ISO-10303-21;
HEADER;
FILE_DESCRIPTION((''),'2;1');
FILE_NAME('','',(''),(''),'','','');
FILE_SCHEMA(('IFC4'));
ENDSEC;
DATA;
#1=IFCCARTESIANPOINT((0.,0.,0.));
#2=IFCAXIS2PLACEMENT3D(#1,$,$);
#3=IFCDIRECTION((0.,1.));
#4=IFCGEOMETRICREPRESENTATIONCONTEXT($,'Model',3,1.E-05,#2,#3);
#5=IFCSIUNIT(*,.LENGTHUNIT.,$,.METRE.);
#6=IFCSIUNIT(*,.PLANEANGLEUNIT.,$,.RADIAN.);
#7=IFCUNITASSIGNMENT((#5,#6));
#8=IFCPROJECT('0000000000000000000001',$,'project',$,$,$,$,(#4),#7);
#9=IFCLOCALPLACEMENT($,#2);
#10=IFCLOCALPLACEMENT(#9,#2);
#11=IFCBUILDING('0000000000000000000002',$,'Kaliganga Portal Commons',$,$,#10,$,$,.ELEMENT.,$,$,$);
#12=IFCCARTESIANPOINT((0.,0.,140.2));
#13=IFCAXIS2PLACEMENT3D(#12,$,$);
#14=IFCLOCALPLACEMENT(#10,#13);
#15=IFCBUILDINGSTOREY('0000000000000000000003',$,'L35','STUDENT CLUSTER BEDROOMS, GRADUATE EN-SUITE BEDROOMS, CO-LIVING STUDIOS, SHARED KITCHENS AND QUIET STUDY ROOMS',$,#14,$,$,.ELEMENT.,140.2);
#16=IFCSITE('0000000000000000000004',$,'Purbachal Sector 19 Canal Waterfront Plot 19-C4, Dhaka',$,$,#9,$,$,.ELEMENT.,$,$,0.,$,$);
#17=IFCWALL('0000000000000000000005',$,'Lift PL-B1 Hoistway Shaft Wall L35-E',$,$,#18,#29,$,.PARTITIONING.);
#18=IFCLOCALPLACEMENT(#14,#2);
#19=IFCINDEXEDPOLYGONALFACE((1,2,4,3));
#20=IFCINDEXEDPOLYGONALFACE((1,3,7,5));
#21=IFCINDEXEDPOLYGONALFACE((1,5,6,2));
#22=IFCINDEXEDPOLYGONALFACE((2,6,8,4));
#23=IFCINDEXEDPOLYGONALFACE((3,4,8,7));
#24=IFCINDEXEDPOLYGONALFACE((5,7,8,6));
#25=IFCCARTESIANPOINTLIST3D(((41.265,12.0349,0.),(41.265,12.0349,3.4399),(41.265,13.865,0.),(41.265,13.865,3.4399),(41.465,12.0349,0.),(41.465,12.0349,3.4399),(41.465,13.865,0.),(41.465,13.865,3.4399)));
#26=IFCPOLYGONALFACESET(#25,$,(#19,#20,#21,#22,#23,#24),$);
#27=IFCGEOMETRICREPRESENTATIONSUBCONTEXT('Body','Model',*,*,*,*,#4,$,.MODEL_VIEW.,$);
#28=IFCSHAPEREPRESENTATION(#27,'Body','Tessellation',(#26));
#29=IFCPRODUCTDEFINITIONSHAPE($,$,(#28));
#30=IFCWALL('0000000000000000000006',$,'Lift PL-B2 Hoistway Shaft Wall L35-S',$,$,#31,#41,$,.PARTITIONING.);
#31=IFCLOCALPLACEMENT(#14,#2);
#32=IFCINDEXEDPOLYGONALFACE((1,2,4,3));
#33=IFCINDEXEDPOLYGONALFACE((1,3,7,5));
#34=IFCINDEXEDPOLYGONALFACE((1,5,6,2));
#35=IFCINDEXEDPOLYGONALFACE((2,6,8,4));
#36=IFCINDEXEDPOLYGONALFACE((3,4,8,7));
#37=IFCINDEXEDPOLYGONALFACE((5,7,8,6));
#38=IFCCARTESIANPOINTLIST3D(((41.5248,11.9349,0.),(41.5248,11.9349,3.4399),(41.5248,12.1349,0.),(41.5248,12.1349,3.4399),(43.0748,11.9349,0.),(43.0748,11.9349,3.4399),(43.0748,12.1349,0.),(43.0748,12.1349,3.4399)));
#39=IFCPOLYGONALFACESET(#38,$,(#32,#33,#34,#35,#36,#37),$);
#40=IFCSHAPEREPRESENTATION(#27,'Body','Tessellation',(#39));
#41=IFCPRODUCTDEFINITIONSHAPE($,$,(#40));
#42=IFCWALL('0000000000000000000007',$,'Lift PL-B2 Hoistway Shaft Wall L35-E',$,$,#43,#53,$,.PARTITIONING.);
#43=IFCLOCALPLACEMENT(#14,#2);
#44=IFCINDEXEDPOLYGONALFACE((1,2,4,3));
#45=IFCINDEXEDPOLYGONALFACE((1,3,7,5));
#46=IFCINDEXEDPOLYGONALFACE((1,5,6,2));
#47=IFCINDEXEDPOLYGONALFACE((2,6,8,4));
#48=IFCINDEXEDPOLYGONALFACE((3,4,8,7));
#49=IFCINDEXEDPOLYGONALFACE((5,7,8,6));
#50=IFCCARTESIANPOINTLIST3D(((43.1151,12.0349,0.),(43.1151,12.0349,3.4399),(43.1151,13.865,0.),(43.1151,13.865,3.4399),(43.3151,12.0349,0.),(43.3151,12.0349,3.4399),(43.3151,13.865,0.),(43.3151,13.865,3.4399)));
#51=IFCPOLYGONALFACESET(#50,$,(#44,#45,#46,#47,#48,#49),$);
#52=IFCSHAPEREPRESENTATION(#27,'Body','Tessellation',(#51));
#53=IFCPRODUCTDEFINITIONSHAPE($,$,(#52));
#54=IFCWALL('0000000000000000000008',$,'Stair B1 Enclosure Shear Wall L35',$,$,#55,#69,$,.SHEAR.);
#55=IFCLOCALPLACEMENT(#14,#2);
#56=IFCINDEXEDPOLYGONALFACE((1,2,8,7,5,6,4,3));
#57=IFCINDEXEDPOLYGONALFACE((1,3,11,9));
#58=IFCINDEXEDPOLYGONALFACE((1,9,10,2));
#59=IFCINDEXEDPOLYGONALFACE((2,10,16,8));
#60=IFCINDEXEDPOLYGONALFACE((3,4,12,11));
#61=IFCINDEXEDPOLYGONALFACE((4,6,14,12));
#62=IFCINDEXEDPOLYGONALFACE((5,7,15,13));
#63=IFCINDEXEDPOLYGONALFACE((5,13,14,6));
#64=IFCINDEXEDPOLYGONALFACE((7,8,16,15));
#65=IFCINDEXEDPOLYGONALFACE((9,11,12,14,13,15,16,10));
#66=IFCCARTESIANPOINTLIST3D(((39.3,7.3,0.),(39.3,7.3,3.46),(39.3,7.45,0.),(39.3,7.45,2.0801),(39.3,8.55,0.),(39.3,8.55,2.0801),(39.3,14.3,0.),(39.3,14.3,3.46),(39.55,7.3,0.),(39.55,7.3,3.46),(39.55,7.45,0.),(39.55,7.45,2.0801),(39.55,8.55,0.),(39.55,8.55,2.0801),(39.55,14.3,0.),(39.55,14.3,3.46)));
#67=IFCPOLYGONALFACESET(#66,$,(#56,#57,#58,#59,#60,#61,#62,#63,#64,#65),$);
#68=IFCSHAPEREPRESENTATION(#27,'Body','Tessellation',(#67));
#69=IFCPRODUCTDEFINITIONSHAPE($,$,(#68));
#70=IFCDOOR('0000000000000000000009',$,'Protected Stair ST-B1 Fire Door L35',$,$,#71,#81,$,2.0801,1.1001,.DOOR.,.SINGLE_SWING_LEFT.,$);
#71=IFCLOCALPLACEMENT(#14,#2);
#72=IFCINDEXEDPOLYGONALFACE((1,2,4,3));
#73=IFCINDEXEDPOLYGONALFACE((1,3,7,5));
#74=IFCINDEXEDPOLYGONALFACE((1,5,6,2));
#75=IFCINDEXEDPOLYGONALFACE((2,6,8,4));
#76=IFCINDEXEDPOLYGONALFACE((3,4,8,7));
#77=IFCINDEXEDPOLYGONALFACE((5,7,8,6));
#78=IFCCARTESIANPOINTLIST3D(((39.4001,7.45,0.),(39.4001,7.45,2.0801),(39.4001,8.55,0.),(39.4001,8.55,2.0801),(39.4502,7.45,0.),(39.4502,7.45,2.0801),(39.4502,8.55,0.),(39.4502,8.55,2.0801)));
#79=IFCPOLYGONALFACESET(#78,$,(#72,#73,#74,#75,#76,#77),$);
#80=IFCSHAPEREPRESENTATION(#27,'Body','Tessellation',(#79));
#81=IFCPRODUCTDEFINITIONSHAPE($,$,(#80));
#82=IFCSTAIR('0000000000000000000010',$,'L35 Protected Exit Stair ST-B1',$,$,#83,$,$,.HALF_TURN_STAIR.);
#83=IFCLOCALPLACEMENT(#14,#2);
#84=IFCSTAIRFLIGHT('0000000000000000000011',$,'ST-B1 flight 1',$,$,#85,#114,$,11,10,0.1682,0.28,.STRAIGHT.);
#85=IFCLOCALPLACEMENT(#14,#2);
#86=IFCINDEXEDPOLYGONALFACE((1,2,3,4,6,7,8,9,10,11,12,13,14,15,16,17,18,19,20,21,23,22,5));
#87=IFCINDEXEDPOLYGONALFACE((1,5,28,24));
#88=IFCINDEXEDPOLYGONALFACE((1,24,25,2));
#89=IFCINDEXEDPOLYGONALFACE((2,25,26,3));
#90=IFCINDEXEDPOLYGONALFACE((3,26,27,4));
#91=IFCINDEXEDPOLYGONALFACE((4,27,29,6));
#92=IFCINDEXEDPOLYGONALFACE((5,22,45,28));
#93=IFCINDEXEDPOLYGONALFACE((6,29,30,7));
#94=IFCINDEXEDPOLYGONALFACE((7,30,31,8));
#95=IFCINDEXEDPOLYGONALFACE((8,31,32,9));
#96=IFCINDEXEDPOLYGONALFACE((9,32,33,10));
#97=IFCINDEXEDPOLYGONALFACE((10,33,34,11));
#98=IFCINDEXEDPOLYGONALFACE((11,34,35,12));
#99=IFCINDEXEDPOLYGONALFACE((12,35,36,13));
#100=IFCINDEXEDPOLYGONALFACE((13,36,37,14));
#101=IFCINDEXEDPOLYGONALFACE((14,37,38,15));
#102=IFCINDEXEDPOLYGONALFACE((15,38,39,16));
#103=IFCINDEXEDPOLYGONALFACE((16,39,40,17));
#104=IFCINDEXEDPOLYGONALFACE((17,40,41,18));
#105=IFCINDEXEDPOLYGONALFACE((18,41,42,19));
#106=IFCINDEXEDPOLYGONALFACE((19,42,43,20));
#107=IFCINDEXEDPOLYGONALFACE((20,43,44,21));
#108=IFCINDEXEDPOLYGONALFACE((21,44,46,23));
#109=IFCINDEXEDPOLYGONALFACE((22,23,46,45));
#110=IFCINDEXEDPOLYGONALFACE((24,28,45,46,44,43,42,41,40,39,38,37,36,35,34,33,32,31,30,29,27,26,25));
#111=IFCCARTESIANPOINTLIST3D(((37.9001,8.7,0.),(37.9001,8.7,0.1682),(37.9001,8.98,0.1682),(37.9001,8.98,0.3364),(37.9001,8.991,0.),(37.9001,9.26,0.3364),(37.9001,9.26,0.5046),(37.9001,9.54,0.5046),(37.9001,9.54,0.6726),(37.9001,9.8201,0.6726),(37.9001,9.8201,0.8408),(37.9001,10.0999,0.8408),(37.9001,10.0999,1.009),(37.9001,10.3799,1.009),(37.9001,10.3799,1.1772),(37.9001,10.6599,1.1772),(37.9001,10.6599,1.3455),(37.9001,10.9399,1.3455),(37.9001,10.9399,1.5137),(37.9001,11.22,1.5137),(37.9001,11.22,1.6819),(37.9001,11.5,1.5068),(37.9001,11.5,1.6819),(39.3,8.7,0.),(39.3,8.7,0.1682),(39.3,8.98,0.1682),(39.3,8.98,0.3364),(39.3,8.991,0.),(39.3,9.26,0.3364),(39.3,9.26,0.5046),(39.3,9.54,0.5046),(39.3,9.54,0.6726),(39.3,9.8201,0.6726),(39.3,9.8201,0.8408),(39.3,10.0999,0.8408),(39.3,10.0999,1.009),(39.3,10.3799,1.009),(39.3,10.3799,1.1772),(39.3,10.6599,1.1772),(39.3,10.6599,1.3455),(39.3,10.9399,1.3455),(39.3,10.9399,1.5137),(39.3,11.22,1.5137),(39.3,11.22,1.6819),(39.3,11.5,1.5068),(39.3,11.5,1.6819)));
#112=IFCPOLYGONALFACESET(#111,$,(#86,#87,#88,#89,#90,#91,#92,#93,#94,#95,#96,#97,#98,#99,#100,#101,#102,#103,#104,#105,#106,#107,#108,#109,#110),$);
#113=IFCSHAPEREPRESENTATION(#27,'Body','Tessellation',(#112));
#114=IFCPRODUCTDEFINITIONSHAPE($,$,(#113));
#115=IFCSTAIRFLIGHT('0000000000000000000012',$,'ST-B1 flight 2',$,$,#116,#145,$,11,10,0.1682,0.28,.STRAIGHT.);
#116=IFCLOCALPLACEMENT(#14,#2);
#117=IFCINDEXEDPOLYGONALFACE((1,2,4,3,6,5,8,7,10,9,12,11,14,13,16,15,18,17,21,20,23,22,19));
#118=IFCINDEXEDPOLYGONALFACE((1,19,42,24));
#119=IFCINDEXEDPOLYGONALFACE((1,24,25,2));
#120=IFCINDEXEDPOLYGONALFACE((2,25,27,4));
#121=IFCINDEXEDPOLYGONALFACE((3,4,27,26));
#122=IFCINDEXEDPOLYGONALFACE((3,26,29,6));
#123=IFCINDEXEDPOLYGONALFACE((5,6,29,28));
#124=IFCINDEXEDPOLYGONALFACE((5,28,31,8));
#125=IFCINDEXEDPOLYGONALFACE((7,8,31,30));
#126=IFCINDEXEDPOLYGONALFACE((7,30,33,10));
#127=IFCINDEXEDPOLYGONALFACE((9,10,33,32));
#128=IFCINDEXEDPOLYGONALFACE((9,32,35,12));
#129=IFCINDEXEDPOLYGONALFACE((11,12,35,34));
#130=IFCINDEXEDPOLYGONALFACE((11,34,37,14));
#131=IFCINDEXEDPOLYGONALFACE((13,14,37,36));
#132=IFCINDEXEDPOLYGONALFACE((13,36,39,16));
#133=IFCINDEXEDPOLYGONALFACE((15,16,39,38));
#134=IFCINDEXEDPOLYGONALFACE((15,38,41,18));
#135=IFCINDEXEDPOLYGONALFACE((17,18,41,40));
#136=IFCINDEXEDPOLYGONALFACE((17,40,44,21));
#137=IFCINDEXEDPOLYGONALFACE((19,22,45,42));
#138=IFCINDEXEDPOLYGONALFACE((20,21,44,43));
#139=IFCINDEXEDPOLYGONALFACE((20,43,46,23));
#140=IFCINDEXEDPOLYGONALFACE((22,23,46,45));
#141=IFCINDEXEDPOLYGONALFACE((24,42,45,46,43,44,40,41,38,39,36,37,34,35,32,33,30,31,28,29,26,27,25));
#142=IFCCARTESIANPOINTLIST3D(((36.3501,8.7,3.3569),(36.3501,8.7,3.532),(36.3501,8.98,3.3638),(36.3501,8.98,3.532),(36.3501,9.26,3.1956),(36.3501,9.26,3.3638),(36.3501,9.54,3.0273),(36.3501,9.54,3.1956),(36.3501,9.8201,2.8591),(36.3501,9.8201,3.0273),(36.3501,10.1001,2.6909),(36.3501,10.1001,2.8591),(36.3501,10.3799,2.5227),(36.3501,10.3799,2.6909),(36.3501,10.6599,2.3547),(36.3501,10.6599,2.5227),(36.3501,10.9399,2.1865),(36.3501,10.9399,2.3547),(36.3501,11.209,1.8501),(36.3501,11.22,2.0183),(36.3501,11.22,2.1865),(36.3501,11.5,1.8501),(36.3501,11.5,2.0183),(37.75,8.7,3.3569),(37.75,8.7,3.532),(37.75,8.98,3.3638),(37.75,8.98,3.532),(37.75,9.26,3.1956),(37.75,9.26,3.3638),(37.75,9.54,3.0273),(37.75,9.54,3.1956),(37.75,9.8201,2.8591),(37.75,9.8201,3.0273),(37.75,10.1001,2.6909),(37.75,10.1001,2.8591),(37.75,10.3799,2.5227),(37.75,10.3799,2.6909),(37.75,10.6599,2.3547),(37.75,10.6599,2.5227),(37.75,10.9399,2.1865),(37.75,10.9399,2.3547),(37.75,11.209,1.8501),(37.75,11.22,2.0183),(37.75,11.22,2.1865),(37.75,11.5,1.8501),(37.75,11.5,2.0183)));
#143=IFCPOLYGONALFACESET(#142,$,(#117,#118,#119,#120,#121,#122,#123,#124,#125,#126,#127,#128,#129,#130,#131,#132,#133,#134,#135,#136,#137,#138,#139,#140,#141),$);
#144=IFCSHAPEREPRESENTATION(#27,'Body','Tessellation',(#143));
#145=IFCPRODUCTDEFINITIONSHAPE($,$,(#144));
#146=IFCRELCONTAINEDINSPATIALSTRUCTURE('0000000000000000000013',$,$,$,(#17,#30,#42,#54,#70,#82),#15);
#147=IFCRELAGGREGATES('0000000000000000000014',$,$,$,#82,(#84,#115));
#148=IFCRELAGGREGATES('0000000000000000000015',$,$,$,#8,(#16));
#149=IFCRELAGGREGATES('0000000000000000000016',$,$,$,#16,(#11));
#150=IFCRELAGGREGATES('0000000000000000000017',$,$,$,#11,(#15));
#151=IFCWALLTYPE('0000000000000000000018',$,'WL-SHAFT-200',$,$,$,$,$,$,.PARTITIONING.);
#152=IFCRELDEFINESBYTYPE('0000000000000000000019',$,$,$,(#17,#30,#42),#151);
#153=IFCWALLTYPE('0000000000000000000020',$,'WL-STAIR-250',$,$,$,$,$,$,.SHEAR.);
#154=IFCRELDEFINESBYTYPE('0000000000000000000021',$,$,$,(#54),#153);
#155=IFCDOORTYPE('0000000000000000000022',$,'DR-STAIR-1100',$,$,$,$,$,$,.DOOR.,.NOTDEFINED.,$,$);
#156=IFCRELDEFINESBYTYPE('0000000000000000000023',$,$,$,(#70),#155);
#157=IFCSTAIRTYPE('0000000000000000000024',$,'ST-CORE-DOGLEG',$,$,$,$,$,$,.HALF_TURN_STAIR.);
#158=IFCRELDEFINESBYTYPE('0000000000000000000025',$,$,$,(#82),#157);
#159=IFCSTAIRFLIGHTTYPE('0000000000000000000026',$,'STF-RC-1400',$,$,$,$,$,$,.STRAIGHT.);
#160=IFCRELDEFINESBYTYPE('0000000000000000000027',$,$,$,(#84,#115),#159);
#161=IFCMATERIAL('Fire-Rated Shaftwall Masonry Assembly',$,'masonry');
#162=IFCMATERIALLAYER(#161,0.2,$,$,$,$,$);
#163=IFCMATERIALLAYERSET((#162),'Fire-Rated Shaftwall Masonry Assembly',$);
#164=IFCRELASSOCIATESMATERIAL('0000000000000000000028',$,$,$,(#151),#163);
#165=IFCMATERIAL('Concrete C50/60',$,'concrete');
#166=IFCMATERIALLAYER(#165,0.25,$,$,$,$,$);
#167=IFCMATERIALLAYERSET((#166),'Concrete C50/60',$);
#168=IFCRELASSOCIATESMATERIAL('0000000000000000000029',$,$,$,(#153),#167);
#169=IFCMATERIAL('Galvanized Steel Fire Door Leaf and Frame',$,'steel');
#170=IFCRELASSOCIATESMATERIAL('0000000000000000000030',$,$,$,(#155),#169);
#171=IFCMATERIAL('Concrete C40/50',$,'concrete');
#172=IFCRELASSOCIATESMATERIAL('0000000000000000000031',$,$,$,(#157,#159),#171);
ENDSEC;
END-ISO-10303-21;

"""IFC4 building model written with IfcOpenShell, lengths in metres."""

from ifc_helpers import new_model, si_unit, direction, frame, frame_2d, origin, place, context, subcontext, project, spatial, polyline, rectangle, outline, extrude, material, layer, layer_set, type_object, element, fill, aggregate, save


model = new_model("IFC4")

# Units and contexts
model_context = context("Model", 3, precision=1e-05, world=origin(), true_north=direction((0.0, 1.0)))
body_context = subcontext(model_context, "Body", "Model", "MODEL_VIEW")
ifc_project = project(units=[si_unit("LENGTHUNIT", "METRE"), si_unit("PLANEANGLEUNIT", "RADIAN")], contexts=[model_context])

# Site, building, storey
site_placement = place(None, origin())
site = spatial("IfcSite", under=ifc_project, at=site_placement, Name="Purbachal Sector 19 Canal Waterfront Plot 19-C4, Dhaka", CompositionType="ELEMENT", RefElevation=0.0)
building_placement = place(site_placement, origin())
building = spatial("IfcBuilding", under=site, at=building_placement, Name="Kaliganga Portal Commons", CompositionType="ELEMENT")
storey_placement = place(building_placement, frame((0.0, 0.0, 140.2)))
storey = spatial("IfcBuildingStorey", under=building, at=storey_placement, Name="L35", Description="STUDENT CLUSTER BEDROOMS, GRADUATE EN-SUITE BEDROOMS, CO-LIVING STUDIOS, SHARED KITCHENS AND QUIET STUDY ROOMS", CompositionType="ELEMENT", Elevation=140.2)

# Shared definitions
ifc_material_1 = material(Name="Concrete C50/60", Category="concrete")

# Walls
ifc_material_2 = material(Name="Fire-Rated Shaftwall Masonry Assembly", Category="masonry")
ifc_layer_1 = layer(ifc_material_2, 0.2)
ifc_layer_set_1 = layer_set([ifc_layer_1], Name="Fire-Rated Shaftwall Masonry Assembly")
wall_type_1 = type_object("IfcWallType", Name="WL-SHAFT-200", PredefinedType="PARTITIONING", material=ifc_layer_set_1)
wall_1_placement = place(storey_placement, frame((41.365, 12.0349, 0.0), z_axis=(0.0, 0.0, 1.0), x_axis=(0.0, 1.0, 0.0)))
element("IfcWall", 1, at=wall_1_placement, inside=storey, type_object=wall_type_1, Name="Lift PL-B1 Hoistway Shaft Wall L35-E", PredefinedType="PARTITIONING", context=body_context, shape_type="SweptSolid", body=[
    extrude(rectangle(XDim=1.8301, YDim=0.2, at=frame_2d((0.915, 0.0))), origin(), (0.0, 0.0, 1.0), 3.4399),
])
wall_2_placement = place(storey_placement, frame((41.5249, 12.0349, 0.0), z_axis=(0.0, 0.0, 1.0), x_axis=(1.0, 0.0, 0.0)))
element("IfcWall", 2, at=wall_2_placement, inside=storey, type_object=wall_type_1, Name="Lift PL-B2 Hoistway Shaft Wall L35-S", PredefinedType="PARTITIONING", context=body_context, shape_type="SweptSolid", body=[
    extrude(rectangle(XDim=1.55, YDim=0.2, at=frame_2d((0.7749, 0.0))), origin(), (0.0, 0.0, 1.0), 3.4399),
])
wall_3_placement = place(storey_placement, frame((43.2151, 12.0349, 0.0), z_axis=(0.0, 0.0, 1.0), x_axis=(0.0, 1.0, 0.0)))
element("IfcWall", 3, at=wall_3_placement, inside=storey, type_object=wall_type_1, Name="Lift PL-B2 Hoistway Shaft Wall L35-E", PredefinedType="PARTITIONING", context=body_context, shape_type="SweptSolid", body=[
    extrude(rectangle(XDim=1.8301, YDim=0.2, at=frame_2d((0.915, 0.0))), origin(), (0.0, 0.0, 1.0), 3.4399),
])

# Wall, opening, door
ifc_layer_2 = layer(ifc_material_1, 0.25)
ifc_layer_set_2 = layer_set([ifc_layer_2], Name="Concrete C50/60")
wall_type_2 = type_object("IfcWallType", Name="WL-STAIR-250", PredefinedType="SHEAR", material=ifc_layer_set_2)
wall_4_placement = place(storey_placement, frame((39.425, 7.3, 0.0), z_axis=(0.0, 0.0, 1.0), x_axis=(0.0, 1.0, 0.0)))
wall_4 = element("IfcWall", 4, at=wall_4_placement, inside=storey, type_object=wall_type_2, Name="Stair B1 Enclosure Shear Wall L35", PredefinedType="SHEAR", context=body_context, shape_type="SweptSolid", body=[
    extrude(rectangle(XDim=7.0, YDim=0.25, at=frame_2d((3.5, 0.0))), origin(), (0.0, 0.0, 1.0), 3.46),
])
opening_1_placement = place(wall_4_placement, frame((0.1499, 0.0, 0.0)))
opening_1 = element("IfcOpeningElement", 5, at=opening_1_placement, cuts=wall_4, PredefinedType="OPENING", context=body_context, shape_type="SweptSolid", body=[
    extrude(rectangle(XDim=1.1001, YDim=2.0801, at=frame_2d((0.55, 1.04))), frame((0.0, 0.135, 0.0), z_axis=(0.0, -1.0, 0.0), x_axis=(1.0, 0.0, 0.0)), (0.0, 0.0, 1.0), 0.27),
])
ifc_material_3 = material(Name="Galvanized Steel Fire Door Leaf and Frame", Category="steel")
door_type_1 = type_object("IfcDoorType", Name="DR-STAIR-1100", OperationType="NOTDEFINED", PredefinedType="DOOR", material=ifc_material_3)
door_1_placement = place(opening_1_placement, origin())
door_1 = element("IfcDoor", 6, at=door_1_placement, inside=storey, type_object=door_type_1, Name="Protected Stair ST-B1 Fire Door L35", OperationType="SINGLE_SWING_LEFT", OverallHeight=2.0801, OverallWidth=1.1001, PredefinedType="DOOR", context=body_context, shape_type="SweptSolid", body=[
    extrude(rectangle(XDim=1.1001, YDim=2.0801, at=frame_2d((0.55, 1.04))), frame((0.0, 0.0249, 0.0), z_axis=(0.0, -1.0, 0.0), x_axis=(1.0, 0.0, 0.0)), (0.0, 0.0, 1.0), 0.05),
])
fill(opening_1, door_1)

# Stair, stair flights
ifc_material_4 = material(Name="Concrete C40/50", Category="concrete")
stair_type = type_object("IfcStairType", Name="ST-CORE-DOGLEG", PredefinedType="HALF_TURN_STAIR", material=ifc_material_4)
stair_placement = place(storey_placement, origin())
stair = element("IfcStair", 7, at=stair_placement, inside=storey, type_object=stair_type, Name="L35 Protected Exit Stair ST-B1", PredefinedType="HALF_TURN_STAIR")
stair_flight_type = type_object("IfcStairFlightType", Name="STF-RC-1400", PredefinedType="STRAIGHT", material=ifc_material_4)
stair_flight_1_placement = place(storey_placement, frame((38.6001, 8.7, 0.0), z_axis=(0.0, 0.0, 1.0), x_axis=(0.0, 1.0, 0.0)))
stair_flight_1 = element("IfcStairFlight", 8, at=stair_flight_1_placement, type_object=stair_flight_type, Name="ST-B1 flight 1", NumberOfRisers=11, NumberOfTreads=10, PredefinedType="STRAIGHT", RiserHeight=0.1682, TreadLength=0.28, context=body_context, shape_type="SweptSolid", body=[
    extrude(outline(polyline([(0.0, 0.0), (0.0, 0.1682), (0.28, 0.1682), (0.28, 0.3364), (0.5601, 0.3364), (0.5601, 0.5046), (0.8401, 0.5046), (0.8401, 0.6726), (1.1201, 0.6726), (1.1201, 0.8408), (1.3999, 0.8408), (1.3999, 1.009), (1.6799, 1.009), (1.6799, 1.1772), (1.96, 1.1772), (1.96, 1.3455), (2.24, 1.3455), (2.24, 1.5137), (2.52, 1.5137), (2.52, 1.6819), (2.8, 1.6819), (2.8, 1.8501), (2.8, 1.5068), (0.291, 0.0), (0.0, 0.0)])), frame((0.0, 0.7, 0.0), z_axis=(0.0, -1.0, 0.0), x_axis=(1.0, 0.0, 0.0)), (0.0, 0.0, 1.0), 1.3999),
])
stair_flight_2_placement = place(storey_placement, frame((37.05, 11.5, 1.8501), z_axis=(0.0, 0.0, 1.0), x_axis=(0.0, -1.0, 0.0)))
stair_flight_2 = element("IfcStairFlight", 9, at=stair_flight_2_placement, type_object=stair_flight_type, Name="ST-B1 flight 2", NumberOfRisers=11, NumberOfTreads=10, PredefinedType="STRAIGHT", RiserHeight=0.1682, TreadLength=0.28, context=body_context, shape_type="SweptSolid", body=[
    extrude(outline(polyline([(0.0, 0.0), (0.0, 0.1682), (0.28, 0.1682), (0.28, 0.3364), (0.5601, 0.3364), (0.5601, 0.5046), (0.8401, 0.5046), (0.8401, 0.6726), (1.1201, 0.6726), (1.1201, 0.8408), (1.3999, 0.8408), (1.3999, 1.009), (1.6799, 1.009), (1.6799, 1.1772), (1.96, 1.1772), (1.96, 1.3455), (2.24, 1.3455), (2.24, 1.5137), (2.52, 1.5137), (2.52, 1.6819), (2.8, 1.6819), (2.8, 1.8501), (2.8, 1.5068), (0.291, 0.0), (0.0, 0.0)])), frame((0.0, 0.7, 0.0), z_axis=(0.0, -1.0, 0.0), x_axis=(1.0, 0.0, 0.0)), (0.0, 0.0, 1.0), 1.3999),
])
aggregate(stair, [stair_flight_1, stair_flight_2])

save(model, "model.ifc")
